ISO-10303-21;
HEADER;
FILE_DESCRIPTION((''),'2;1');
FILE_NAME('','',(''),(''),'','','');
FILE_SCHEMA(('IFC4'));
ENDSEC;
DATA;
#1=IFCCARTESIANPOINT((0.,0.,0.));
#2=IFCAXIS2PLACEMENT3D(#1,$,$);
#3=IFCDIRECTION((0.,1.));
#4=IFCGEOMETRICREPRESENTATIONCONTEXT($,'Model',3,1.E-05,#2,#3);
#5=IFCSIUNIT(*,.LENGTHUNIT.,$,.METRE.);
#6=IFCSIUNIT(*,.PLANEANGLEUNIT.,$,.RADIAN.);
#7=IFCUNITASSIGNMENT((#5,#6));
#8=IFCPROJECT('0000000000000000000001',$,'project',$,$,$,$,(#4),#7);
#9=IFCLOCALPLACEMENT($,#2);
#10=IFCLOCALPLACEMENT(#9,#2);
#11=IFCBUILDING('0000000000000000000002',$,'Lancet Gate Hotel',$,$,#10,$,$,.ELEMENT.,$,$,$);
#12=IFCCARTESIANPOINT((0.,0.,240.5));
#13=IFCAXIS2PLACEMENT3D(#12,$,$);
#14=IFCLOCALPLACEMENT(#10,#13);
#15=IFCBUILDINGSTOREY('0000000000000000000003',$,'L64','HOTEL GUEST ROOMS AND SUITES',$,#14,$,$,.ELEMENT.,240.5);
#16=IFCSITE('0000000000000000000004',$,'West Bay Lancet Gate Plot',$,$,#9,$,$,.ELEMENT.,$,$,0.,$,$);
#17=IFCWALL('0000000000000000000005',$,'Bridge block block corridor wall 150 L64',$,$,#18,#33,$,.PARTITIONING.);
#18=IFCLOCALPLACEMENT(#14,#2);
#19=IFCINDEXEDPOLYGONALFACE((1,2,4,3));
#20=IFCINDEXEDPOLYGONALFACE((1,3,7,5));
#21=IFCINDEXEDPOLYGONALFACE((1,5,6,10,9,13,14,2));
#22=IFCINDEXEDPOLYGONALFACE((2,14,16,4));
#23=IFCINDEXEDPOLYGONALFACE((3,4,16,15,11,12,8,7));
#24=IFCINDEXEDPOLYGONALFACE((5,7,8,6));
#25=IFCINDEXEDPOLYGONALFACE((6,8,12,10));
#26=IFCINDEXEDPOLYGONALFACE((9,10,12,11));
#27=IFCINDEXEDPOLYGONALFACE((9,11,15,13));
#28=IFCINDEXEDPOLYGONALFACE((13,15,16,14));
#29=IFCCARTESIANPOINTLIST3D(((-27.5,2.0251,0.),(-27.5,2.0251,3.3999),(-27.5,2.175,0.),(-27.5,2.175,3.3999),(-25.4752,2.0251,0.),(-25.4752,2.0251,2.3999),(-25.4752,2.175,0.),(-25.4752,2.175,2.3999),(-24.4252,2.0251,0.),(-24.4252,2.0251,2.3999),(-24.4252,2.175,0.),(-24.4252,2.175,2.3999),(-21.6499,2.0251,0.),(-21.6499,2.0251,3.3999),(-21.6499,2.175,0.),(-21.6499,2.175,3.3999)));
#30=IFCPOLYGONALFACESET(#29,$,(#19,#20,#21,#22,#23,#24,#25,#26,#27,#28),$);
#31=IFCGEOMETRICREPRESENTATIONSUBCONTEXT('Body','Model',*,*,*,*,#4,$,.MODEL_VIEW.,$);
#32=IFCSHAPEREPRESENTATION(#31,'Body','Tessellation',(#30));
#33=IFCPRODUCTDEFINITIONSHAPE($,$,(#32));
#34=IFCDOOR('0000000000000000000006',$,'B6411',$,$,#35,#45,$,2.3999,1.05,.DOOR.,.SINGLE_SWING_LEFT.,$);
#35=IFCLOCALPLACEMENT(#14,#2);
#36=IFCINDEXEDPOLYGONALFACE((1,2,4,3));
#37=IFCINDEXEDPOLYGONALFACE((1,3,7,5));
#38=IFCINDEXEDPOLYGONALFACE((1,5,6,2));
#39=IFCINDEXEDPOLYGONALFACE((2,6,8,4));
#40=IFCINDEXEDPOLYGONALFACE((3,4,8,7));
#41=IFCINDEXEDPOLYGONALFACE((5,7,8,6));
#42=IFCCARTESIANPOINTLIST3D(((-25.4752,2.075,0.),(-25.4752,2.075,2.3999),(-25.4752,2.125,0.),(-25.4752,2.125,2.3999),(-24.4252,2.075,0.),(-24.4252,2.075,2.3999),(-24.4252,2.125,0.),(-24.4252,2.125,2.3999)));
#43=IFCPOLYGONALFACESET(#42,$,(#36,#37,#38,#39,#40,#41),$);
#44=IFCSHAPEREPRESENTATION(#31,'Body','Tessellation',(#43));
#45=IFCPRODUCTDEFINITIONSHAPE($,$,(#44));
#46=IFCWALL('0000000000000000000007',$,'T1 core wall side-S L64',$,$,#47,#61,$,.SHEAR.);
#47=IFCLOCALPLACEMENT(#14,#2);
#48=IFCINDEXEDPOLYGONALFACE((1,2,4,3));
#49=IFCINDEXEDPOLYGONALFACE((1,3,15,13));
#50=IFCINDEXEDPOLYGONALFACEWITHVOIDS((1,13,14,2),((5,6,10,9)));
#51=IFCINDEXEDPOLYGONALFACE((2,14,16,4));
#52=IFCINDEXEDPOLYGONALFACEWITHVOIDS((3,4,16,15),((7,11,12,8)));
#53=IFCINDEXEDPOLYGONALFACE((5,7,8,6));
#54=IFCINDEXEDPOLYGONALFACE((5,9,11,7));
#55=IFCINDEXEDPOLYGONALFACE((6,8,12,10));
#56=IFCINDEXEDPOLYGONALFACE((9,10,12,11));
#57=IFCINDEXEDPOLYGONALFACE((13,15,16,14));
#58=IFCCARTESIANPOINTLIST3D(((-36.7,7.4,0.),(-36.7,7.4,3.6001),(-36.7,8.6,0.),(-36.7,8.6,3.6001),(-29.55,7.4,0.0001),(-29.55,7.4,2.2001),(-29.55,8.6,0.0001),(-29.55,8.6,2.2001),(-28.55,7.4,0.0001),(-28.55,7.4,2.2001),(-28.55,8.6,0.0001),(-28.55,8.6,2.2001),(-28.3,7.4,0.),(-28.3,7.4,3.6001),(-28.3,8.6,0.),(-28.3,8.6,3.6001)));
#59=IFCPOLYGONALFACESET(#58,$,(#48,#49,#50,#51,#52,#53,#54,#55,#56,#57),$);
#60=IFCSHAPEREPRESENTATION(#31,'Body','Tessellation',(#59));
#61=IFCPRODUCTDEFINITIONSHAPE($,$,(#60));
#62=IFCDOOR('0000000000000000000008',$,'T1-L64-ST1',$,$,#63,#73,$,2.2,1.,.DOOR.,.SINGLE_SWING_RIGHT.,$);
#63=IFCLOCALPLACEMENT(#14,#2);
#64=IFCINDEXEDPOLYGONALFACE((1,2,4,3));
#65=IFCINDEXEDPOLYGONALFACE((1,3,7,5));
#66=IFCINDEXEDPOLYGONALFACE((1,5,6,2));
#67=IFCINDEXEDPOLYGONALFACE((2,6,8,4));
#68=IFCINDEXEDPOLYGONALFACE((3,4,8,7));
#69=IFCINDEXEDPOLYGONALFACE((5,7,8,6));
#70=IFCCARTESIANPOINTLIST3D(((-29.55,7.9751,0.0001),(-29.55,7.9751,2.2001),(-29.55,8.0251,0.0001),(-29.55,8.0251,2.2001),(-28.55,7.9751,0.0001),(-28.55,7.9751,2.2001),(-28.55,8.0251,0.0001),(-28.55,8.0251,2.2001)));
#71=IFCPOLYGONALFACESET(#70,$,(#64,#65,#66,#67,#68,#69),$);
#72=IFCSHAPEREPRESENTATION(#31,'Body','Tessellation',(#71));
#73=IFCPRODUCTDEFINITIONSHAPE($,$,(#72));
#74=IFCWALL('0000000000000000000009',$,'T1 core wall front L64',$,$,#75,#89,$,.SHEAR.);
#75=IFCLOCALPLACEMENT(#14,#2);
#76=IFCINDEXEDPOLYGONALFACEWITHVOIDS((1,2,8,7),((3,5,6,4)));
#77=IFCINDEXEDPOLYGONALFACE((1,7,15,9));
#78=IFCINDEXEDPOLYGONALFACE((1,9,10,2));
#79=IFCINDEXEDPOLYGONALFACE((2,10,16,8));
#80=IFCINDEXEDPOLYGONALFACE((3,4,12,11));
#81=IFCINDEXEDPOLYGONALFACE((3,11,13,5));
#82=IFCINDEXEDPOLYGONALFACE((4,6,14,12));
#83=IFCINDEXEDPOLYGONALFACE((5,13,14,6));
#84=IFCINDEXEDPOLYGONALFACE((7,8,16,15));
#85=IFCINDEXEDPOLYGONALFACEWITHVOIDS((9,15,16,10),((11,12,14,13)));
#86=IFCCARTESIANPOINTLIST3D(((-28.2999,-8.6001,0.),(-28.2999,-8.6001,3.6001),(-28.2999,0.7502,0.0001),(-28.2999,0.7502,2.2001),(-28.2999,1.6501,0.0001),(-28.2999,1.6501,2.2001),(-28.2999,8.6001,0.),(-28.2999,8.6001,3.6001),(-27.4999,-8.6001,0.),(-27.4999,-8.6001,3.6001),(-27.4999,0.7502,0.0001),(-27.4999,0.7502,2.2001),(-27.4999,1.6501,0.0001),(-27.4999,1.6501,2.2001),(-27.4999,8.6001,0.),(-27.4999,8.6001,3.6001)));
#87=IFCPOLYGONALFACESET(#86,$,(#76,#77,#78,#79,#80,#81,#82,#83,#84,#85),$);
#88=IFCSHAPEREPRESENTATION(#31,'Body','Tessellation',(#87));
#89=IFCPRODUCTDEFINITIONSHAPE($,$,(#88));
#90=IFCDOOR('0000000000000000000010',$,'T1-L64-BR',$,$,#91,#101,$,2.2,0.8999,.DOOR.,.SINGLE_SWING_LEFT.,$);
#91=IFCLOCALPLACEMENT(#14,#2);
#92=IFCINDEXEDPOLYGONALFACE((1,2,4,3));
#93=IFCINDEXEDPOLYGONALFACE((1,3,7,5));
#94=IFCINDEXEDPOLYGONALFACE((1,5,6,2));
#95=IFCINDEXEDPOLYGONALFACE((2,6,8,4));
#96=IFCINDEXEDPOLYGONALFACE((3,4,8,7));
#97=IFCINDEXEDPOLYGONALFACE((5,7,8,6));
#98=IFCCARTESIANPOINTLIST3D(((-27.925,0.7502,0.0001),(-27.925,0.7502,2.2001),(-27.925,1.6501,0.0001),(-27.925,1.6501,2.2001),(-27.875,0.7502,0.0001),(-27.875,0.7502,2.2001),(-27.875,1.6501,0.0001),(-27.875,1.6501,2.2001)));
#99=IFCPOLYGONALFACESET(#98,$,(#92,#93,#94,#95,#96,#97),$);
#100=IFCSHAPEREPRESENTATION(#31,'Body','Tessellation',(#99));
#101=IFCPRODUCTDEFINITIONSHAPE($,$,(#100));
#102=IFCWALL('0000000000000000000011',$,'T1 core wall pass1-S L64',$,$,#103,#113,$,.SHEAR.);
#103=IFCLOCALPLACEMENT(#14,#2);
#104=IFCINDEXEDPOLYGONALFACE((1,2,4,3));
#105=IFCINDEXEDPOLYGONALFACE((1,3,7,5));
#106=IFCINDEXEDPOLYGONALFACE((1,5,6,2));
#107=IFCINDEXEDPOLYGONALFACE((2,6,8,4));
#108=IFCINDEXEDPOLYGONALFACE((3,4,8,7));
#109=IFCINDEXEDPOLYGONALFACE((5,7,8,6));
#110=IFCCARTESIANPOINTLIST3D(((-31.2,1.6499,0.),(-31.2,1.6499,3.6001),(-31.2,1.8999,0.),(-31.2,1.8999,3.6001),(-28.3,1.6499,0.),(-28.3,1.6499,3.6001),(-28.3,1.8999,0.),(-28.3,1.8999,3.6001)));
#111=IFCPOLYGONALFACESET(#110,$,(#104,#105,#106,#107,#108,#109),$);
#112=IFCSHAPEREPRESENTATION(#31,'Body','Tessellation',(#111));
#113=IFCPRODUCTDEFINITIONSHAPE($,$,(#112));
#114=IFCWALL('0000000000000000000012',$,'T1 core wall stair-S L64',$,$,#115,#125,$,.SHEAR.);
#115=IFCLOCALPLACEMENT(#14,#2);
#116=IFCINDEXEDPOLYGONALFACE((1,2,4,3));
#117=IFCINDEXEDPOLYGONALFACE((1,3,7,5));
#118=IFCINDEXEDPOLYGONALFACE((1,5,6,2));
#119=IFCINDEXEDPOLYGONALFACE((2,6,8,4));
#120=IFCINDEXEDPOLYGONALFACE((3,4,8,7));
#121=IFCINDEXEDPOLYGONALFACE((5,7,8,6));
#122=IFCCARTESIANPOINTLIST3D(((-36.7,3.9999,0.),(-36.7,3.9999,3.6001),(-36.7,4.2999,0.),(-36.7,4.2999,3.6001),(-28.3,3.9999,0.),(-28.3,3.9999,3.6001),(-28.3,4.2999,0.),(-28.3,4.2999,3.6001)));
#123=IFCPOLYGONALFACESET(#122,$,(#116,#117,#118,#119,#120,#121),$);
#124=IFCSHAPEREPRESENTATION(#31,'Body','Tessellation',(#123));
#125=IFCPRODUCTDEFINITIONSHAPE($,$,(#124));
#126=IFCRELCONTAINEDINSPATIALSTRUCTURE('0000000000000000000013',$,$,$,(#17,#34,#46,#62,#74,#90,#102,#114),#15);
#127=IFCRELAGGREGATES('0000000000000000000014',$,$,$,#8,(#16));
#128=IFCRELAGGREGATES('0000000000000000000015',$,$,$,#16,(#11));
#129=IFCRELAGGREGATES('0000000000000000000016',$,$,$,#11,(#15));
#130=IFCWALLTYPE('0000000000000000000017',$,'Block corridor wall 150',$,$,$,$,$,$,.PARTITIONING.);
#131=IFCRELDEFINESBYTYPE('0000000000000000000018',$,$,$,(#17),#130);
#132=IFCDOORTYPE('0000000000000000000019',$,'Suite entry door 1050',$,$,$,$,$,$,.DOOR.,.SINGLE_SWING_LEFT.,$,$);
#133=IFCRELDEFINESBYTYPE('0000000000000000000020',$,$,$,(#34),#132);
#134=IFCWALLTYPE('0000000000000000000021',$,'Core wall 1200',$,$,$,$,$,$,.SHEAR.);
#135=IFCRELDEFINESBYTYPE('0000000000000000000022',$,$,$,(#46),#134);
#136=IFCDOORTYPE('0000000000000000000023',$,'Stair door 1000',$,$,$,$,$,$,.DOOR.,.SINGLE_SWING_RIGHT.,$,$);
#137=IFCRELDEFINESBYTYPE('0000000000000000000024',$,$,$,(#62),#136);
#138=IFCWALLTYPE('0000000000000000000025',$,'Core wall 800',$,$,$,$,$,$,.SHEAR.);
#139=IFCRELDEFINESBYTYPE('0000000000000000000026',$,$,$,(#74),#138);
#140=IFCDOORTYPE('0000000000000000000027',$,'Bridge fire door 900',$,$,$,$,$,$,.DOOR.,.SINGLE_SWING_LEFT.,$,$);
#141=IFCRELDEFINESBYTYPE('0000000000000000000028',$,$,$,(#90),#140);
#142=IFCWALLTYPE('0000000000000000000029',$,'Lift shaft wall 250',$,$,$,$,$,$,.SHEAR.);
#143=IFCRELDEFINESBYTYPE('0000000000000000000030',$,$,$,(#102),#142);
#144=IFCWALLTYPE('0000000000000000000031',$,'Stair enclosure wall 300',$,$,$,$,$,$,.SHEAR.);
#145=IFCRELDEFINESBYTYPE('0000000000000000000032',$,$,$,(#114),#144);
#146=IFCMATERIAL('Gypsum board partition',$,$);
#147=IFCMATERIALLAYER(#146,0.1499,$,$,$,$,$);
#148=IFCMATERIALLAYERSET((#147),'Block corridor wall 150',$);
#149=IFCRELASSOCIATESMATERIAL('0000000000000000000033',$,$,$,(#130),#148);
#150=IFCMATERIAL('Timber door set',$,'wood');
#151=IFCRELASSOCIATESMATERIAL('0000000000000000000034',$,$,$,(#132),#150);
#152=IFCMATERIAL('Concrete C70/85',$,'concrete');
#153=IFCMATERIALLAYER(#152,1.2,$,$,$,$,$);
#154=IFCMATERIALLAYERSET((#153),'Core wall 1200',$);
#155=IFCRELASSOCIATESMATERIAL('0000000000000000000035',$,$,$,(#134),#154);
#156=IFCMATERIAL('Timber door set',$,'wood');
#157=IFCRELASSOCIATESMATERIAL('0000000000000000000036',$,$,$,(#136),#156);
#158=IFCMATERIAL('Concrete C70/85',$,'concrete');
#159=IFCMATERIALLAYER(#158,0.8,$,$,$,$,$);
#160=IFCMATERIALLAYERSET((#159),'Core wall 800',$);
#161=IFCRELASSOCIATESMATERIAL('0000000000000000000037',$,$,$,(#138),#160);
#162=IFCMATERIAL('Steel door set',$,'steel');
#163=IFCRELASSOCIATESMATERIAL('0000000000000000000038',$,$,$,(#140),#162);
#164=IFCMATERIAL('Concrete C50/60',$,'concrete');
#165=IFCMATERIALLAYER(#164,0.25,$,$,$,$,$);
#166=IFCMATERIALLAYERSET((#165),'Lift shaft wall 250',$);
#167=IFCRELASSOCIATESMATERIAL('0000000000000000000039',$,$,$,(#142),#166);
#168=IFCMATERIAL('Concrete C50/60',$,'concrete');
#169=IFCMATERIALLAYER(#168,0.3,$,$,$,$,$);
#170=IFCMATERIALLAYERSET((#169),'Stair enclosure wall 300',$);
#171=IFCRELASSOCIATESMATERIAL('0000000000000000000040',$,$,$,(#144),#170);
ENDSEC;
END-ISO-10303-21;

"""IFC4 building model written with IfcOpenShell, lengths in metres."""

from ifc_helpers import new_model, si_unit, direction, frame, frame_2d, origin, place, context, subcontext, project, spatial, rectangle, extrude, material, layer, layer_set, type_object, element, fill, save


model = new_model("IFC4")

# Units and contexts
model_context = context("Model", 3, precision=1e-05, world=origin(), true_north=direction((0.0, 1.0)))
body_context = subcontext(model_context, "Body", "Model", "MODEL_VIEW")
ifc_project = project(units=[si_unit("LENGTHUNIT", "METRE"), si_unit("PLANEANGLEUNIT", "RADIAN")], contexts=[model_context])

# Site, building, storey
site_placement = place(None, origin())
site = spatial("IfcSite", under=ifc_project, at=site_placement, Name="West Bay Lancet Gate Plot", CompositionType="ELEMENT", RefElevation=0.0)
building_placement = place(site_placement, origin())
building = spatial("IfcBuilding", under=site, at=building_placement, Name="Lancet Gate Hotel", CompositionType="ELEMENT")
storey_placement = place(building_placement, frame((0.0, 0.0, 240.5)))
storey = spatial("IfcBuildingStorey", under=building, at=storey_placement, Name="L64", Description="HOTEL GUEST ROOMS AND SUITES", CompositionType="ELEMENT", Elevation=240.5)

# Shared definitions
ifc_material_1 = material(Name="Gypsum board partition")
ifc_layer_1 = layer(ifc_material_1, 0.1499)
ifc_layer_set_1 = layer_set([ifc_layer_1], Name="Block corridor wall 150")
wall_type_1 = type_object("IfcWallType", Name="Block corridor wall 150", PredefinedType="PARTITIONING", material=ifc_layer_set_1)
ifc_material_2 = material(Name="Timber door set", Category="wood")
door_type_1 = type_object("IfcDoorType", Name="Suite entry door 1050", OperationType="SINGLE_SWING_LEFT", PredefinedType="DOOR", material=ifc_material_2)

# Walls, openings, doors
wall_1_placement = place(storey_placement, frame((-27.5, 2.1001, 0.0), z_axis=(0.0, 0.0, 1.0), x_axis=(1.0, 0.0, 0.0)))
wall_1 = element("IfcWall", 1, at=wall_1_placement, inside=storey, type_object=wall_type_1, Name="Bridge block block corridor wall 150 L64", PredefinedType="PARTITIONING", context=body_context, shape_type="SweptSolid", body=[
    extrude(rectangle(XDim=5.8501, YDim=0.1499, at=frame_2d((2.925, 0.0))), origin(), (0.0, 0.0, 1.0), 3.3999),
])
opening_1_placement = place(wall_1_placement, frame((2.0249, 0.0, 0.0)))
opening_1 = element("IfcOpeningElement", 2, at=opening_1_placement, cuts=wall_1, PredefinedType="OPENING", context=body_context, shape_type="SweptSolid", body=[
    extrude(rectangle(XDim=1.05, YDim=2.3999, at=frame_2d((0.5249, 1.2))), frame((0.0, 0.085, 0.0), z_axis=(0.0, -1.0, 0.0), x_axis=(1.0, 0.0, 0.0)), (0.0, 0.0, 1.0), 0.1699),
])
door_1_placement = place(opening_1_placement, origin())
door_1 = element("IfcDoor", 3, at=door_1_placement, inside=storey, type_object=door_type_1, Name="B6411", OperationType="SINGLE_SWING_LEFT", OverallHeight=2.3999, OverallWidth=1.05, PredefinedType="DOOR", context=body_context, shape_type="SweptSolid", body=[
    extrude(rectangle(XDim=1.05, YDim=2.3999, at=frame_2d((0.5249, 1.2))), frame((0.0, 0.0249, 0.0), z_axis=(0.0, -1.0, 0.0), x_axis=(1.0, 0.0, 0.0)), (0.0, 0.0, 1.0), 0.05),
])
fill(opening_1, door_1)
ifc_material_3 = material(Name="Concrete C70/85", Category="concrete")
ifc_layer_2 = layer(ifc_material_3, 1.2)
ifc_layer_set_2 = layer_set([ifc_layer_2], Name="Core wall 1200")
wall_type_2 = type_object("IfcWallType", Name="Core wall 1200", PredefinedType="SHEAR", material=ifc_layer_set_2)
wall_2_placement = place(storey_placement, frame((-28.3, 8.0, 0.0), z_axis=(0.0, 0.0, 1.0), x_axis=(-1.0, 0.0, 0.0)))
wall_2 = element("IfcWall", 4, at=wall_2_placement, inside=storey, type_object=wall_type_2, Name="T1 core wall side-S L64", PredefinedType="SHEAR", context=body_context, shape_type="SweptSolid", body=[
    extrude(rectangle(XDim=8.3999, YDim=1.2, at=frame_2d((4.2, 0.0))), origin(), (0.0, 0.0, 1.0), 3.6001),
])
opening_2_placement = place(wall_2_placement, frame((0.25, 0.0, 0.0)))
opening_2 = element("IfcOpeningElement", 5, at=opening_2_placement, cuts=wall_2, PredefinedType="OPENING", context=body_context, shape_type="SweptSolid", body=[
    extrude(rectangle(XDim=1.0, YDim=2.2, at=frame_2d((0.5, 1.1001))), frame((0.0, 0.6099, 0.0), z_axis=(0.0, -1.0, 0.0), x_axis=(1.0, 0.0, 0.0)), (0.0, 0.0, 1.0), 1.22),
])
ifc_material_4 = material(Name="Timber door set", Category="wood")
door_type_2 = type_object("IfcDoorType", Name="Stair door 1000", OperationType="SINGLE_SWING_RIGHT", PredefinedType="DOOR", material=ifc_material_4)
door_2_placement = place(opening_2_placement, origin())
door_2 = element("IfcDoor", 6, at=door_2_placement, inside=storey, type_object=door_type_2, Name="T1-L64-ST1", OperationType="SINGLE_SWING_RIGHT", OverallHeight=2.2, OverallWidth=1.0, PredefinedType="DOOR", context=body_context, shape_type="SweptSolid", body=[
    extrude(rectangle(XDim=1.0, YDim=2.2, at=frame_2d((0.5, 1.1001))), frame((0.0, 0.0249, 0.0), z_axis=(0.0, -1.0, 0.0), x_axis=(1.0, 0.0, 0.0)), (0.0, 0.0, 1.0), 0.05),
])
fill(opening_2, door_2)
ifc_material_5 = material(Name="Concrete C70/85", Category="concrete")
ifc_layer_3 = layer(ifc_material_5, 0.8)
ifc_layer_set_3 = layer_set([ifc_layer_3], Name="Core wall 800")
wall_type_3 = type_object("IfcWallType", Name="Core wall 800", PredefinedType="SHEAR", material=ifc_layer_set_3)
wall_3_placement = place(storey_placement, frame((-27.8999, 8.6001, 0.0), z_axis=(0.0, 0.0, 1.0), x_axis=(0.0, -1.0, 0.0)))
wall_3 = element("IfcWall", 7, at=wall_3_placement, inside=storey, type_object=wall_type_3, Name="T1 core wall front L64", PredefinedType="SHEAR", context=body_context, shape_type="SweptSolid", body=[
    extrude(rectangle(XDim=17.2002, YDim=0.8, at=frame_2d((8.6001, 0.0))), origin(), (0.0, 0.0, 1.0), 3.6001),
])
opening_3_placement = place(wall_3_placement, frame((6.95, 0.0, 0.0)))
opening_3 = element("IfcOpeningElement", 8, at=opening_3_placement, cuts=wall_3, PredefinedType="OPENING", context=body_context, shape_type="SweptSolid", body=[
    extrude(rectangle(XDim=0.8999, YDim=2.2, at=frame_2d((0.45, 1.1001))), frame((0.0, 0.4099, 0.0), z_axis=(0.0, -1.0, 0.0), x_axis=(1.0, 0.0, 0.0)), (0.0, 0.0, 1.0), 0.8201),
])
ifc_material_6 = material(Name="Steel door set", Category="steel")
door_type_3 = type_object("IfcDoorType", Name="Bridge fire door 900", OperationType="SINGLE_SWING_LEFT", PredefinedType="DOOR", material=ifc_material_6)
door_3_placement = place(opening_3_placement, origin())
door_3 = element("IfcDoor", 9, at=door_3_placement, inside=storey, type_object=door_type_3, Name="T1-L64-BR", OperationType="SINGLE_SWING_LEFT", OverallHeight=2.2, OverallWidth=0.8999, PredefinedType="DOOR", context=body_context, shape_type="SweptSolid", body=[
    extrude(rectangle(XDim=0.8999, YDim=2.2, at=frame_2d((0.45, 1.1001))), frame((0.0, 0.0249, 0.0), z_axis=(0.0, -1.0, 0.0), x_axis=(1.0, 0.0, 0.0)), (0.0, 0.0, 1.0), 0.05),
])
fill(opening_3, door_3)

# Walls
ifc_material_7 = material(Name="Concrete C50/60", Category="concrete")
ifc_layer_4 = layer(ifc_material_7, 0.25)
ifc_layer_set_4 = layer_set([ifc_layer_4], Name="Lift shaft wall 250")
wall_type_4 = type_object("IfcWallType", Name="Lift shaft wall 250", PredefinedType="SHEAR", material=ifc_layer_set_4)
wall_4_placement = place(storey_placement, frame((-28.3, 1.7749, 0.0), z_axis=(0.0, 0.0, 1.0), x_axis=(-1.0, 0.0, 0.0)))
element("IfcWall", 10, at=wall_4_placement, inside=storey, type_object=wall_type_4, Name="T1 core wall pass1-S L64", PredefinedType="SHEAR", context=body_context, shape_type="SweptSolid", body=[
    extrude(rectangle(XDim=2.8999, YDim=0.25, at=frame_2d((1.45, 0.0))), origin(), (0.0, 0.0, 1.0), 3.6001),
])
ifc_material_8 = material(Name="Concrete C50/60", Category="concrete")
ifc_layer_5 = layer(ifc_material_8, 0.3)
ifc_layer_set_5 = layer_set([ifc_layer_5], Name="Stair enclosure wall 300")
wall_type_5 = type_object("IfcWallType", Name="Stair enclosure wall 300", PredefinedType="SHEAR", material=ifc_layer_set_5)
wall_5_placement = place(storey_placement, frame((-28.3, 4.1499, 0.0), z_axis=(0.0, 0.0, 1.0), x_axis=(-1.0, 0.0, 0.0)))
element("IfcWall", 11, at=wall_5_placement, inside=storey, type_object=wall_type_5, Name="T1 core wall stair-S L64", PredefinedType="SHEAR", context=body_context, shape_type="SweptSolid", body=[
    extrude(rectangle(XDim=8.3999, YDim=0.3, at=frame_2d((4.2, 0.0))), origin(), (0.0, 0.0, 1.0), 3.6001),
])

save(model, "model.ifc")
